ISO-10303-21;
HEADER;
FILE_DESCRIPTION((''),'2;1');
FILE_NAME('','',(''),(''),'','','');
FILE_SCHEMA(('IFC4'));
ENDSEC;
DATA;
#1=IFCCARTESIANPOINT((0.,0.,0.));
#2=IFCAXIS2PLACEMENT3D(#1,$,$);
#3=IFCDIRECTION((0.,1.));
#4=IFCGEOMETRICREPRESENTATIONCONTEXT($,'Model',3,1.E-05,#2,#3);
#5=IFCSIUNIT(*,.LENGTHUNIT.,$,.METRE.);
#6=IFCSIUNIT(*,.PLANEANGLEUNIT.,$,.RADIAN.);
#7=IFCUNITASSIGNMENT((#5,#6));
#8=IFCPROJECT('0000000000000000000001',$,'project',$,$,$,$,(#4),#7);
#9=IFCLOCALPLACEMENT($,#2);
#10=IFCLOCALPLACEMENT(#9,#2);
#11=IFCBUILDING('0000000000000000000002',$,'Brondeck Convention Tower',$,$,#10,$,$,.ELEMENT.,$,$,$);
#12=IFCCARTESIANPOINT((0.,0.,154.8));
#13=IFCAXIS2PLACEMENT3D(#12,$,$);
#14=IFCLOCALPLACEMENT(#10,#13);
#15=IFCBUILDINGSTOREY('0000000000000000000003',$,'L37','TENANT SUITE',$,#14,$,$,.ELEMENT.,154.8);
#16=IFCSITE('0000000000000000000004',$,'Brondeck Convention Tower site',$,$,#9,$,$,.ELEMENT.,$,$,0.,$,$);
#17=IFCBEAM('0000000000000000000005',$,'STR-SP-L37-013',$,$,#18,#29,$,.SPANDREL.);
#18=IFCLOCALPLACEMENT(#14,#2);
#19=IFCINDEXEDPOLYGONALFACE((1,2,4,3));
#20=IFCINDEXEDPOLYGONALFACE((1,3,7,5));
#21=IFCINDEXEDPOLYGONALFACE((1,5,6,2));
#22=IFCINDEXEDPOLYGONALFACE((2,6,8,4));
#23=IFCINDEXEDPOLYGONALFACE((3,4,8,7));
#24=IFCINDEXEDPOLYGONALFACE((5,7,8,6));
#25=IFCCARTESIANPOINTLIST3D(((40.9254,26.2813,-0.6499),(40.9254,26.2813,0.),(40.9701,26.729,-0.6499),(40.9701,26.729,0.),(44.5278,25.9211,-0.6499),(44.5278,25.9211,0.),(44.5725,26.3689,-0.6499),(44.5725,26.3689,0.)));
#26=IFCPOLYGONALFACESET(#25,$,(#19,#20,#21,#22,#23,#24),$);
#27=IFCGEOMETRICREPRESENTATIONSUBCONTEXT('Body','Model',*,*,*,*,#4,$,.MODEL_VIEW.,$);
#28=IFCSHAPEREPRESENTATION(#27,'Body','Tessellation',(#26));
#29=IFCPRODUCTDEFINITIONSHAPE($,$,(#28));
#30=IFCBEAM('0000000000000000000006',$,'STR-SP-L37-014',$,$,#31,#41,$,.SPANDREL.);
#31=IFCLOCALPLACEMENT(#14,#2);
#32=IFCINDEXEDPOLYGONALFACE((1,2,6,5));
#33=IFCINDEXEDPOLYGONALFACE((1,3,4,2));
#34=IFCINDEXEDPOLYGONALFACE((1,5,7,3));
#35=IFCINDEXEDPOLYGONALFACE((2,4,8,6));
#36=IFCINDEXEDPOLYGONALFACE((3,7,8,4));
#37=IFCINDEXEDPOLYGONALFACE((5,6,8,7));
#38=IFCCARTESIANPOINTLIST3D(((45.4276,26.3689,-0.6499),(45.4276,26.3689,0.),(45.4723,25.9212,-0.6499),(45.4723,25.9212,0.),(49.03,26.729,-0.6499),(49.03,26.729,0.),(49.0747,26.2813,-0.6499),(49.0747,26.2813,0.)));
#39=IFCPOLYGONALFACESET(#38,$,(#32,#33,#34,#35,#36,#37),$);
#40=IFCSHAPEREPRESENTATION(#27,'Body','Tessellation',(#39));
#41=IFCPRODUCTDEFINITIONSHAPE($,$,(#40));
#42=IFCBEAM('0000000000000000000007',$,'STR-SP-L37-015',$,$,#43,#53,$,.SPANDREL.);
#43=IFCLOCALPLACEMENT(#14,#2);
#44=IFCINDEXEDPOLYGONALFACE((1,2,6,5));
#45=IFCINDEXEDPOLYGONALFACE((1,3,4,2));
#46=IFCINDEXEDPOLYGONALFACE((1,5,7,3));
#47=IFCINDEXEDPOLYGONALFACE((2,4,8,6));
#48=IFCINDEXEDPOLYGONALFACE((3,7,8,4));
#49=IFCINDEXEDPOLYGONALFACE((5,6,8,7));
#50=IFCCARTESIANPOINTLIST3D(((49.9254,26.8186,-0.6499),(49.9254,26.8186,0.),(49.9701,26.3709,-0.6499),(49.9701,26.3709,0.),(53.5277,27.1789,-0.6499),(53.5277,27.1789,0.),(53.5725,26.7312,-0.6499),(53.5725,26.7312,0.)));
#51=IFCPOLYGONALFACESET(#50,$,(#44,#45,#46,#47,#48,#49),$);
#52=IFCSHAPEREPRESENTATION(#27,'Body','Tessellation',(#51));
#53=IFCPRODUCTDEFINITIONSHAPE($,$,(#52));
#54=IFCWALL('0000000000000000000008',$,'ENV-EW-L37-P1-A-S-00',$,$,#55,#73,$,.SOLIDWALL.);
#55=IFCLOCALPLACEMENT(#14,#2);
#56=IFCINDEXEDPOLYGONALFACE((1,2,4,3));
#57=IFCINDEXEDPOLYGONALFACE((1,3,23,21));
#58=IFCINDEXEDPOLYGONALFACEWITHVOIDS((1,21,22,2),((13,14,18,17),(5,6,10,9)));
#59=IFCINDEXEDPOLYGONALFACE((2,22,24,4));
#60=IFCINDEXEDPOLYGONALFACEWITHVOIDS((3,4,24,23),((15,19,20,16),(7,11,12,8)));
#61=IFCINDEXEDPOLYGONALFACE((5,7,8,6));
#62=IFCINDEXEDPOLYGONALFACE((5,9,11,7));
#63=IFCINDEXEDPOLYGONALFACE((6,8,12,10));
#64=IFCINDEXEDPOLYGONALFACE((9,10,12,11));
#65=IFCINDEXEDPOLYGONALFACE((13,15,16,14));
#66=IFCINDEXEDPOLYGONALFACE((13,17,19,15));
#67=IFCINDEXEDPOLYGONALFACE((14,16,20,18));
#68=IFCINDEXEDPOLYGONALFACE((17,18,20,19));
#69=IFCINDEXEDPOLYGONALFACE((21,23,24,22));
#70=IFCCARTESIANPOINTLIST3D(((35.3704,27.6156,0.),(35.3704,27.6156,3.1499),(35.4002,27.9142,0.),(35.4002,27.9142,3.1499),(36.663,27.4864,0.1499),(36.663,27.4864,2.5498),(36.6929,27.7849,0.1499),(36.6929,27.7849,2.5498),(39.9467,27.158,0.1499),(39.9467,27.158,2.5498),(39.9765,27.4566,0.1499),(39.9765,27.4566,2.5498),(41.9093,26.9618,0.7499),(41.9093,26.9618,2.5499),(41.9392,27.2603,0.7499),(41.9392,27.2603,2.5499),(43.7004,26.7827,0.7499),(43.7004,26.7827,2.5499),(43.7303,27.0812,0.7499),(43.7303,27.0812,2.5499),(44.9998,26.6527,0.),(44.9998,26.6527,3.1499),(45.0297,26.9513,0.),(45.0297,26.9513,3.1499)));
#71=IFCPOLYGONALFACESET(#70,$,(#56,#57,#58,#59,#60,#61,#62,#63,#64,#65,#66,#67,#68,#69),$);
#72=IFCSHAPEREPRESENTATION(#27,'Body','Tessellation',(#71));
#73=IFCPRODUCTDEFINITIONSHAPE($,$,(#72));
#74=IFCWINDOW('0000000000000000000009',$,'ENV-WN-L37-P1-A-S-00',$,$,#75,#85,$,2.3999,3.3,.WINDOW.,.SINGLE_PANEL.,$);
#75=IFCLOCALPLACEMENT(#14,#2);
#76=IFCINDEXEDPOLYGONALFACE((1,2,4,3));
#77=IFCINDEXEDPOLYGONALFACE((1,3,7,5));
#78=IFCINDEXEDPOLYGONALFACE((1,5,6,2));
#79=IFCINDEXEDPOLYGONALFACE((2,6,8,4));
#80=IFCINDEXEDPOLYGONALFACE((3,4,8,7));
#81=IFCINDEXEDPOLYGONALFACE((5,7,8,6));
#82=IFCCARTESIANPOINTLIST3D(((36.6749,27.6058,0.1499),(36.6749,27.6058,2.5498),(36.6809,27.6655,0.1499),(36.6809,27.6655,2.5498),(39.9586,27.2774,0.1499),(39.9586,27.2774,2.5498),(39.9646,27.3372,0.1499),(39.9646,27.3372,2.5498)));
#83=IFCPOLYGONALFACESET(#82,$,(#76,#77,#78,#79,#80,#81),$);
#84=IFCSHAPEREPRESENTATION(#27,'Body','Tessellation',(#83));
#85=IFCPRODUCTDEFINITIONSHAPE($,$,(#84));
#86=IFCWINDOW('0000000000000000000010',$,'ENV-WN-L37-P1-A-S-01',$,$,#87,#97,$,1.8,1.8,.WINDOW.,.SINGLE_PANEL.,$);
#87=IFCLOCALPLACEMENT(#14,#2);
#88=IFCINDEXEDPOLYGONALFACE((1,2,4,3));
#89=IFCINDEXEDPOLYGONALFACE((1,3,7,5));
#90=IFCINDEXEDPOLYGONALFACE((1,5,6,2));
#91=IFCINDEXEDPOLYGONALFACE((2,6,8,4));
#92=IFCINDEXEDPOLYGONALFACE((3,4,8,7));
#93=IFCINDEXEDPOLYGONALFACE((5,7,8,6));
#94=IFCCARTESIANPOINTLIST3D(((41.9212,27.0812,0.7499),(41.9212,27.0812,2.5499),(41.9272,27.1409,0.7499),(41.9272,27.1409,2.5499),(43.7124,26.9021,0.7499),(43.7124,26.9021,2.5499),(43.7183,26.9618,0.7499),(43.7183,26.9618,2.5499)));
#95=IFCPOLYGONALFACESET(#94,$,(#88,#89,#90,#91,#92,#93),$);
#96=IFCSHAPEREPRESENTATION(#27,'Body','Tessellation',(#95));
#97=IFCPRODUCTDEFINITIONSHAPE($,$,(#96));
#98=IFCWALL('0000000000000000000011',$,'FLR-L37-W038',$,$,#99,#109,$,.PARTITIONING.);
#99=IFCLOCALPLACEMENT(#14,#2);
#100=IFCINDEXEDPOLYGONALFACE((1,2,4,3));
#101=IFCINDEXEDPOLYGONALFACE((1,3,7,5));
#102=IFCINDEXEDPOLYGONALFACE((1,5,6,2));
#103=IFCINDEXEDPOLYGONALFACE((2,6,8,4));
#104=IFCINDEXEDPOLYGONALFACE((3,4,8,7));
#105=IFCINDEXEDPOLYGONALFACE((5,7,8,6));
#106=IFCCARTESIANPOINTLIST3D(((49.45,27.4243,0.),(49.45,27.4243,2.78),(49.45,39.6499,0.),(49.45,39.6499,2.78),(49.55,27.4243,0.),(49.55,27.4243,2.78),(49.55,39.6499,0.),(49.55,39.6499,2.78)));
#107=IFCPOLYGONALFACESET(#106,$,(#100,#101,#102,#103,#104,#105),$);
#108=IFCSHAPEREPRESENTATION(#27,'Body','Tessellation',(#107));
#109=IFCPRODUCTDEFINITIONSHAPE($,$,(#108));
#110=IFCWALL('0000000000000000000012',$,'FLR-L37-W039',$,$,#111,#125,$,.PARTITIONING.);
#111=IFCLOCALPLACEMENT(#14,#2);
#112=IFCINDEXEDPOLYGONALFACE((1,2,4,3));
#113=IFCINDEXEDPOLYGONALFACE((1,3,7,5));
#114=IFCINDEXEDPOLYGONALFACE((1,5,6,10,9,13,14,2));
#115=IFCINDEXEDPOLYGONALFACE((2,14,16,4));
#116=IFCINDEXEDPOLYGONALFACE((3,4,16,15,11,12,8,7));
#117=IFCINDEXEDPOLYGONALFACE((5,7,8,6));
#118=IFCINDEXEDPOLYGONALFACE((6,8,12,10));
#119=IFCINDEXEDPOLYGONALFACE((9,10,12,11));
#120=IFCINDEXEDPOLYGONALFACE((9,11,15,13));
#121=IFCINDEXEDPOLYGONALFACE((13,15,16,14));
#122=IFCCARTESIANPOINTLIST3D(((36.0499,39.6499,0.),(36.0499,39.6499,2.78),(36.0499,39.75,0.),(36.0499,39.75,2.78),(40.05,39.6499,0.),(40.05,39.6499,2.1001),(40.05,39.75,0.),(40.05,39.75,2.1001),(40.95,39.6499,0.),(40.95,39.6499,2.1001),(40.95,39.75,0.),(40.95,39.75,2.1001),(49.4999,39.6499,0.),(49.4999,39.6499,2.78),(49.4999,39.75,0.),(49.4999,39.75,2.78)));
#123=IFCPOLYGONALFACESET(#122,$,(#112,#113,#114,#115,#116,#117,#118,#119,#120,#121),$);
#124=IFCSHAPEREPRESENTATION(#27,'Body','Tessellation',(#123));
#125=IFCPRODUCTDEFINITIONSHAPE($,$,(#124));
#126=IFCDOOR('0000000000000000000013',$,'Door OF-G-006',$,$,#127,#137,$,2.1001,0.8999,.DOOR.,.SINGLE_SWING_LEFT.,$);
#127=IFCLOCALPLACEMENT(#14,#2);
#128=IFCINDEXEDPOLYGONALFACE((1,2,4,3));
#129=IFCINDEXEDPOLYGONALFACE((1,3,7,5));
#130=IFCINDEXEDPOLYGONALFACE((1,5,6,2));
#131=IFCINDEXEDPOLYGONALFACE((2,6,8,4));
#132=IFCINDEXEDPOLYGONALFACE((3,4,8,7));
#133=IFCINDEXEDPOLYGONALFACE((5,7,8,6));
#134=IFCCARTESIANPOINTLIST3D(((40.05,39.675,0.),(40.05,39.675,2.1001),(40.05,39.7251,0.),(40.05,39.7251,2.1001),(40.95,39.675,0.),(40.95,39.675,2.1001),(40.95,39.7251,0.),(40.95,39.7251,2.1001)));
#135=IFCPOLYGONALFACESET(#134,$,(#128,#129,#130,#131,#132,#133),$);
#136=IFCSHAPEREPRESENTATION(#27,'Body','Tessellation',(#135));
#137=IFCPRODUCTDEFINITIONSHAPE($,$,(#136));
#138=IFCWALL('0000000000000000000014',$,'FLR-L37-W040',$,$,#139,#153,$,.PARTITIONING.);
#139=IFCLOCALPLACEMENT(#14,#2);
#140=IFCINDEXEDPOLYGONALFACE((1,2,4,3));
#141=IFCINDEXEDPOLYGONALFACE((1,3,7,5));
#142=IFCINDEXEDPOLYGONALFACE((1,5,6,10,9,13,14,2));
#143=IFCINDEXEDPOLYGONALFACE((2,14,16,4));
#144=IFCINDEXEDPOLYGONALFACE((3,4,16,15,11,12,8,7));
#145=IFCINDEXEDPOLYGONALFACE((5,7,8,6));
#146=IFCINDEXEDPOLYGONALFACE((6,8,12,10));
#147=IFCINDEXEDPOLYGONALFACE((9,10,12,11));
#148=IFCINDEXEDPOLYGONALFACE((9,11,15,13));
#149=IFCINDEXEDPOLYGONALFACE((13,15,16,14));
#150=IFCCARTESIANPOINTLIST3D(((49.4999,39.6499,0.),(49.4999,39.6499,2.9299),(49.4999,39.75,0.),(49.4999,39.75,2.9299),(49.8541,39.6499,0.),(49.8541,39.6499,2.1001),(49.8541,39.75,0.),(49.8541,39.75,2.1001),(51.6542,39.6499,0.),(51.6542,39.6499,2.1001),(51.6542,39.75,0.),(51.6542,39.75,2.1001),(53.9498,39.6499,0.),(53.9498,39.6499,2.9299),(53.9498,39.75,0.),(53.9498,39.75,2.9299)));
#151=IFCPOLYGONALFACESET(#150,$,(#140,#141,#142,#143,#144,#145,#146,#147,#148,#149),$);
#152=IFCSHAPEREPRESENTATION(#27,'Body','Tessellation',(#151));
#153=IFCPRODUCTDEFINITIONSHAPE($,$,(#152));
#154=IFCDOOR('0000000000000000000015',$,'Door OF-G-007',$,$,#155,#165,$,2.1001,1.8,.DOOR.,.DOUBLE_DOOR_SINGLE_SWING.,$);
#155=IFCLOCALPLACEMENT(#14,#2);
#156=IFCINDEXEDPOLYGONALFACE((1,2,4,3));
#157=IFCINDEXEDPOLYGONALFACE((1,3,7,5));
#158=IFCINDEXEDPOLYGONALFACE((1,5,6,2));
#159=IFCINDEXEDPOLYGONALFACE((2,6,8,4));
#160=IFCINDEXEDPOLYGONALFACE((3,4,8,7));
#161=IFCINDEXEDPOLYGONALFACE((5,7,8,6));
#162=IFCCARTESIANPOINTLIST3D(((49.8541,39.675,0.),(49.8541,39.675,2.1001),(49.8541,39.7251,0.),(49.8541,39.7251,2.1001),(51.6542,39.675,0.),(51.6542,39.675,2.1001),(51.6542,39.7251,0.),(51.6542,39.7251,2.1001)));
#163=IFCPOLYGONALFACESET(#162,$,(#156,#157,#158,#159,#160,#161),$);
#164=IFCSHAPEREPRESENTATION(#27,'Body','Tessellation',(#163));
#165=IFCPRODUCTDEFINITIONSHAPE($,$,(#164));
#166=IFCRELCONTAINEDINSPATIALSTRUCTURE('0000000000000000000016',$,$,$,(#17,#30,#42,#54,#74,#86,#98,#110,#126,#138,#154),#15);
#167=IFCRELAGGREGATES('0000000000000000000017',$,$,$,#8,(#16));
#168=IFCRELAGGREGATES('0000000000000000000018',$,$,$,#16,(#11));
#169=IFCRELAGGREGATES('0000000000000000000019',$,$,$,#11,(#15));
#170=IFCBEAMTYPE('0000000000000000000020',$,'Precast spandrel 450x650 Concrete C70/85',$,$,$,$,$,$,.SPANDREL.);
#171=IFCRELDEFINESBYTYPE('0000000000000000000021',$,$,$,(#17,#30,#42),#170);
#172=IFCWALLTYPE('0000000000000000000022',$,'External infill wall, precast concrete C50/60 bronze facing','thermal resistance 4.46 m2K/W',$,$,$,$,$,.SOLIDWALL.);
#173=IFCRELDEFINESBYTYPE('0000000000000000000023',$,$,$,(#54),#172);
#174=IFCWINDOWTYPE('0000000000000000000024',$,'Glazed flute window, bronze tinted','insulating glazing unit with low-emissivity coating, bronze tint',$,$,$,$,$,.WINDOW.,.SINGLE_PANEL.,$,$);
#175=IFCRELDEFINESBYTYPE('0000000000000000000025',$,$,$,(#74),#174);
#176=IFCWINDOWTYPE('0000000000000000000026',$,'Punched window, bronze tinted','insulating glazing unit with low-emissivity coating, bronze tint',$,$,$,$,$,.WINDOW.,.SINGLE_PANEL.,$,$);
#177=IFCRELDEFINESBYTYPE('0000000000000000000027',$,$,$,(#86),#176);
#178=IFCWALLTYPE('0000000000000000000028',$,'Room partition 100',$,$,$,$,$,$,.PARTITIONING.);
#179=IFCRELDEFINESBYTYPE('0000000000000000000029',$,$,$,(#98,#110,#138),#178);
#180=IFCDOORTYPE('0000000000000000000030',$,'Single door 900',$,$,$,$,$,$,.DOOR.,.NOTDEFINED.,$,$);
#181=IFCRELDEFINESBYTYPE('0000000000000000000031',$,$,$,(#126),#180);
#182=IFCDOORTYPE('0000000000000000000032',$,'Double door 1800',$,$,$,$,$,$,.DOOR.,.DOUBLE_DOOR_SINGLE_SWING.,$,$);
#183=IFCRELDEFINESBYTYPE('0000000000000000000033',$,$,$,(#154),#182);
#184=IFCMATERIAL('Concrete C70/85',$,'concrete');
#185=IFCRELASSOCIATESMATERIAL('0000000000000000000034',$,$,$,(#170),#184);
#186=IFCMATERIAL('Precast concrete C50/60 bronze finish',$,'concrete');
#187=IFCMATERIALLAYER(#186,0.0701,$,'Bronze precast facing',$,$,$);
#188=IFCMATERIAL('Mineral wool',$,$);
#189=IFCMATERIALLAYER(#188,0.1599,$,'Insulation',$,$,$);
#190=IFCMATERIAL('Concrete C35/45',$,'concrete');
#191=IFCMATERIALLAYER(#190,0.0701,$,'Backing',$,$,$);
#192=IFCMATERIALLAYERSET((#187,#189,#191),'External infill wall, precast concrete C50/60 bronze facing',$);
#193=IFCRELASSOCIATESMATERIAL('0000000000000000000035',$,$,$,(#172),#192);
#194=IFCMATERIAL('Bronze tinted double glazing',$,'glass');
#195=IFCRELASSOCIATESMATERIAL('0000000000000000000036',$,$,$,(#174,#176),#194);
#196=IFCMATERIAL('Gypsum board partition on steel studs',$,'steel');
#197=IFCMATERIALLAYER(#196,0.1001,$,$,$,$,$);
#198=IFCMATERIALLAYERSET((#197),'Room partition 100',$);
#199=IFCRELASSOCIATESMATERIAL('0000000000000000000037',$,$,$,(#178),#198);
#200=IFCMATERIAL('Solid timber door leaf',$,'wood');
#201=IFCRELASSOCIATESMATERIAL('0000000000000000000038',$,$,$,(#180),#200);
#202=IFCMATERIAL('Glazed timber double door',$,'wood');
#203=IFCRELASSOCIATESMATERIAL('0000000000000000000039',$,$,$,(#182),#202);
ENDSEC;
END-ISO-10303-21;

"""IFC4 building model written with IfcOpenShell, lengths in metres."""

from ifc_helpers import new_model, si_unit, direction, frame, frame_2d, origin, origin_2d, place, context, subcontext, project, spatial, rectangle, extrude, material, layer, layer_set, material_profile, profile_set, type_object, element, fill, save


model = new_model("IFC4")

# Units and contexts
model_context = context("Model", 3, precision=1e-05, world=origin(), true_north=direction((0.0, 1.0)))
body_context = subcontext(model_context, "Body", "Model", "MODEL_VIEW")
ifc_project = project(units=[si_unit("LENGTHUNIT", "METRE"), si_unit("PLANEANGLEUNIT", "RADIAN")], contexts=[model_context])

# Site, building, storey
site_placement = place(None, origin())
site = spatial("IfcSite", under=ifc_project, at=site_placement, Name="Brondeck Convention Tower site", CompositionType="ELEMENT", RefElevation=0.0)
building_placement = place(site_placement, origin())
building = spatial("IfcBuilding", under=site, at=building_placement, Name="Brondeck Convention Tower", CompositionType="ELEMENT")
storey_placement = place(building_placement, frame((0.0, 0.0, 154.8)))
storey = spatial("IfcBuildingStorey", under=building, at=storey_placement, Name="L37", Description="TENANT SUITE", CompositionType="ELEMENT", Elevation=154.8)

# Shared definitions
ifc_material_1 = material(Name="Concrete C70/85", Category="concrete")

# Beams
ifc_material_profile_1 = material_profile(ifc_material_1, rectangle(XDim=0.45, YDim=0.6499, at=origin_2d()), Name="Precast spandrel 450x650 Concrete C70/85")
ifc_profile_set_1 = profile_set([ifc_material_profile_1], Name="Concrete C70/85")
beam_type_1 = type_object("IfcBeamType", Name="Precast spandrel 450x650 Concrete C70/85", PredefinedType="SPANDREL", material=ifc_profile_set_1)
for number, where, z_axis, x_axis, name in (
    (1, (40.9478, 26.5051, -0.325), (0.995041, -0.09947, 0.0), (0.09947, 0.995041, 0.0), "STR-SP-L37-013"),
    (2, (45.45, 26.145, -0.325), (0.995041, 0.09947, 0.0), (-0.09947, 0.995041, 0.0), "STR-SP-L37-014"),
    (3, (49.9478, 26.5947, -0.325), (0.995034, 0.099537, 0.0), (-0.099537, 0.995034, 0.0), "STR-SP-L37-015"),
):
    element("IfcBeam", number, at=place(storey_placement, frame(where, z_axis=z_axis, x_axis=x_axis)), inside=storey, type_object=beam_type_1, Name=name, PredefinedType="SPANDREL", context=body_context, shape_type="SweptSolid", body=[
        extrude(rectangle(XDim=0.45, YDim=0.6499, at=origin_2d()), origin(), (0.0, 0.0, 1.0), 3.6204),
    ])

# Wall, openings, windows
ifc_material_2 = material(Name="Precast concrete C50/60 bronze finish", Category="concrete")
ifc_layer_1 = layer(ifc_material_2, 0.0701, Name="Bronze precast facing")
ifc_material_3 = material(Name="Mineral wool")
ifc_layer_2 = layer(ifc_material_3, 0.1599, Name="Insulation")
ifc_material_4 = material(Name="Concrete C35/45", Category="concrete")
ifc_layer_3 = layer(ifc_material_4, 0.0701, Name="Backing")
ifc_layer_set_1 = layer_set([ifc_layer_1, ifc_layer_2, ifc_layer_3], Name="External infill wall, precast concrete C50/60 bronze facing")
wall_type_1 = type_object("IfcWallType", Name="External infill wall, precast concrete C50/60 bronze facing", Description="thermal resistance 4.46 m2K/W", PredefinedType="SOLIDWALL", material=ifc_layer_set_1)
wall_1_placement = place(storey_placement, frame((45.0149, 26.802, 0.0), z_axis=(0.0, 0.0, 1.0), x_axis=(-0.995038, 0.099499, 0.0)))
wall_1 = element("IfcWall", 4, at=wall_1_placement, inside=storey, type_object=wall_type_1, Name="ENV-EW-L37-P1-A-S-00", PredefinedType="SOLIDWALL", context=body_context, shape_type="SweptSolid", body=[
    extrude(rectangle(XDim=9.6775, YDim=0.3, at=frame_2d((4.8389, 0.0))), origin(), (0.0, 0.0, 1.0), 3.1499),
])
opening_1_placement = place(wall_1_placement, frame((1.3062, 0.0, 0.75)))
opening_1 = element("IfcOpeningElement", 5, at=opening_1_placement, cuts=wall_1, PredefinedType="OPENING", context=body_context, shape_type="SweptSolid", body=[
    extrude(rectangle(XDim=1.8, YDim=1.8, at=frame_2d((0.8999, 0.8999))), frame((0.0, 0.1599, 0.0), z_axis=(0.0, -1.0, 0.0), x_axis=(1.0, 0.0, 0.0)), (0.0, 0.0, 1.0), 0.3201),
])
opening_2_placement = place(wall_1_placement, frame((5.0786, 0.0, 0.1499)))
opening_2 = element("IfcOpeningElement", 6, at=opening_2_placement, cuts=wall_1, PredefinedType="OPENING", context=body_context, shape_type="SweptSolid", body=[
    extrude(rectangle(XDim=3.3, YDim=2.3999, at=frame_2d((1.6499, 1.2))), frame((0.0, 0.1599, 0.0), z_axis=(0.0, -1.0, 0.0), x_axis=(1.0, 0.0, 0.0)), (0.0, 0.0, 1.0), 0.3201),
])
ifc_material_5 = material(Name="Bronze tinted double glazing", Category="glass")
window_type_1 = type_object("IfcWindowType", Name="Glazed flute window, bronze tinted", Description="insulating glazing unit with low-emissivity coating, bronze tint", PartitioningType="SINGLE_PANEL", PredefinedType="WINDOW", material=ifc_material_5)
window_1_placement = place(opening_2_placement, origin())
window_1 = element("IfcWindow", 7, at=window_1_placement, inside=storey, type_object=window_type_1, Name="ENV-WN-L37-P1-A-S-00", OverallHeight=2.3999, OverallWidth=3.3, PartitioningType="SINGLE_PANEL", PredefinedType="WINDOW", context=body_context, shape_type="SweptSolid", body=[
    extrude(rectangle(XDim=3.3, YDim=2.3999, at=frame_2d((1.6499, 1.2))), frame((0.0, 0.03, 0.0), z_axis=(0.0, -1.0, 0.0), x_axis=(1.0, 0.0, 0.0)), (0.0, 0.0, 1.0), 0.0601),
])
fill(opening_2, window_1)
window_type_2 = type_object("IfcWindowType", Name="Punched window, bronze tinted", Description="insulating glazing unit with low-emissivity coating, bronze tint", PartitioningType="SINGLE_PANEL", PredefinedType="WINDOW", material=ifc_material_5)
window_2_placement = place(opening_1_placement, origin())
window_2 = element("IfcWindow", 8, at=window_2_placement, inside=storey, type_object=window_type_2, Name="ENV-WN-L37-P1-A-S-01", OverallHeight=1.8, OverallWidth=1.8, PartitioningType="SINGLE_PANEL", PredefinedType="WINDOW", context=body_context, shape_type="SweptSolid", body=[
    extrude(rectangle(XDim=1.8, YDim=1.8, at=frame_2d((0.8999, 0.8999))), frame((0.0, 0.03, 0.0), z_axis=(0.0, -1.0, 0.0), x_axis=(1.0, 0.0, 0.0)), (0.0, 0.0, 1.0), 0.0601),
])
fill(opening_1, window_2)

# Wall
ifc_material_6 = material(Name="Gypsum board partition on steel studs", Category="steel")
ifc_layer_4 = layer(ifc_material_6, 0.1001)
ifc_layer_set_2 = layer_set([ifc_layer_4], Name="Room partition 100")
wall_type_2 = type_object("IfcWallType", Name="Room partition 100", PredefinedType="PARTITIONING", material=ifc_layer_set_2)
wall_2_placement = place(storey_placement, frame((49.5, 39.6499, 0.0), z_axis=(0.0, 0.0, 1.0), x_axis=(0.0, -1.0, 0.0)))
element("IfcWall", 9, at=wall_2_placement, inside=storey, type_object=wall_type_2, Name="FLR-L37-W038", PredefinedType="PARTITIONING", context=body_context, shape_type="SweptSolid", body=[
    extrude(rectangle(XDim=12.2256, YDim=0.1001, at=frame_2d((6.1128, 0.0))), origin(), (0.0, 0.0, 1.0), 2.78),
])

# Walls, openings, doors
wall_3_placement = place(storey_placement, frame((49.5, 39.7, 0.0), z_axis=(0.0, 0.0, 1.0), x_axis=(-1.0, 0.0, 0.0)))
wall_3 = element("IfcWall", 10, at=wall_3_placement, inside=storey, type_object=wall_type_2, Name="FLR-L37-W039", PredefinedType="PARTITIONING", context=body_context, shape_type="SweptSolid", body=[
    extrude(rectangle(XDim=13.45, YDim=0.1001, at=frame_2d((6.7251, 0.0))), origin(), (0.0, 0.0, 1.0), 2.78),
])
opening_3_placement = place(wall_3_placement, frame((8.55, 0.0, 0.0)))
opening_3 = element("IfcOpeningElement", 11, at=opening_3_placement, cuts=wall_3, PredefinedType="OPENING", context=body_context, shape_type="SweptSolid", body=[
    extrude(rectangle(XDim=0.8999, YDim=2.1001, at=frame_2d((0.45, 1.05))), frame((0.0, 0.0601, 0.0), z_axis=(0.0, -1.0, 0.0), x_axis=(1.0, 0.0, 0.0)), (0.0, 0.0, 1.0), 0.1201),
])
ifc_material_7 = material(Name="Solid timber door leaf", Category="wood")
door_type_1 = type_object("IfcDoorType", Name="Single door 900", OperationType="NOTDEFINED", PredefinedType="DOOR", material=ifc_material_7)
door_1_placement = place(opening_3_placement, origin())
door_1 = element("IfcDoor", 12, at=door_1_placement, inside=storey, type_object=door_type_1, Name="Door OF-G-006", OperationType="SINGLE_SWING_LEFT", OverallHeight=2.1001, OverallWidth=0.8999, PredefinedType="DOOR", context=body_context, shape_type="SweptSolid", body=[
    extrude(rectangle(XDim=0.8999, YDim=2.1001, at=frame_2d((0.45, 1.05))), frame((0.0, 0.0249, 0.0), z_axis=(0.0, -1.0, 0.0), x_axis=(1.0, 0.0, 0.0)), (0.0, 0.0, 1.0), 0.05),
])
fill(opening_3, door_1)
wall_4_placement = place(storey_placement, frame((53.95, 39.7, 0.0), z_axis=(0.0, 0.0, 1.0), x_axis=(-1.0, 0.0, 0.0)))
wall_4 = element("IfcWall", 13, at=wall_4_placement, inside=storey, type_object=wall_type_2, Name="FLR-L37-W040", PredefinedType="PARTITIONING", context=body_context, shape_type="SweptSolid", body=[
    extrude(rectangle(XDim=4.45, YDim=0.1001, at=frame_2d((2.2251, 0.0))), origin(), (0.0, 0.0, 1.0), 2.9299),
])
opening_4_placement = place(wall_4_placement, frame((2.2959, 0.0, 0.0)))
opening_4 = element("IfcOpeningElement", 14, at=opening_4_placement, cuts=wall_4, PredefinedType="OPENING", context=body_context, shape_type="SweptSolid", body=[
    extrude(rectangle(XDim=1.8, YDim=2.1001, at=frame_2d((0.8999, 1.05))), frame((0.0, 0.0601, 0.0), z_axis=(0.0, -1.0, 0.0), x_axis=(1.0, 0.0, 0.0)), (0.0, 0.0, 1.0), 0.1201),
])
ifc_material_8 = material(Name="Glazed timber double door", Category="wood")
door_type_2 = type_object("IfcDoorType", Name="Double door 1800", OperationType="DOUBLE_DOOR_SINGLE_SWING", PredefinedType="DOOR", material=ifc_material_8)
door_2_placement = place(opening_4_placement, origin())
door_2 = element("IfcDoor", 15, at=door_2_placement, inside=storey, type_object=door_type_2, Name="Door OF-G-007", OperationType="DOUBLE_DOOR_SINGLE_SWING", OverallHeight=2.1001, OverallWidth=1.8, PredefinedType="DOOR", context=body_context, shape_type="SweptSolid", body=[
    extrude(rectangle(XDim=1.8, YDim=2.1001, at=frame_2d((0.8999, 1.05))), frame((0.0, 0.0249, 0.0), z_axis=(0.0, -1.0, 0.0), x_axis=(1.0, 0.0, 0.0)), (0.0, 0.0, 1.0), 0.05),
])
fill(opening_4, door_2)

save(model, "model.ifc")
